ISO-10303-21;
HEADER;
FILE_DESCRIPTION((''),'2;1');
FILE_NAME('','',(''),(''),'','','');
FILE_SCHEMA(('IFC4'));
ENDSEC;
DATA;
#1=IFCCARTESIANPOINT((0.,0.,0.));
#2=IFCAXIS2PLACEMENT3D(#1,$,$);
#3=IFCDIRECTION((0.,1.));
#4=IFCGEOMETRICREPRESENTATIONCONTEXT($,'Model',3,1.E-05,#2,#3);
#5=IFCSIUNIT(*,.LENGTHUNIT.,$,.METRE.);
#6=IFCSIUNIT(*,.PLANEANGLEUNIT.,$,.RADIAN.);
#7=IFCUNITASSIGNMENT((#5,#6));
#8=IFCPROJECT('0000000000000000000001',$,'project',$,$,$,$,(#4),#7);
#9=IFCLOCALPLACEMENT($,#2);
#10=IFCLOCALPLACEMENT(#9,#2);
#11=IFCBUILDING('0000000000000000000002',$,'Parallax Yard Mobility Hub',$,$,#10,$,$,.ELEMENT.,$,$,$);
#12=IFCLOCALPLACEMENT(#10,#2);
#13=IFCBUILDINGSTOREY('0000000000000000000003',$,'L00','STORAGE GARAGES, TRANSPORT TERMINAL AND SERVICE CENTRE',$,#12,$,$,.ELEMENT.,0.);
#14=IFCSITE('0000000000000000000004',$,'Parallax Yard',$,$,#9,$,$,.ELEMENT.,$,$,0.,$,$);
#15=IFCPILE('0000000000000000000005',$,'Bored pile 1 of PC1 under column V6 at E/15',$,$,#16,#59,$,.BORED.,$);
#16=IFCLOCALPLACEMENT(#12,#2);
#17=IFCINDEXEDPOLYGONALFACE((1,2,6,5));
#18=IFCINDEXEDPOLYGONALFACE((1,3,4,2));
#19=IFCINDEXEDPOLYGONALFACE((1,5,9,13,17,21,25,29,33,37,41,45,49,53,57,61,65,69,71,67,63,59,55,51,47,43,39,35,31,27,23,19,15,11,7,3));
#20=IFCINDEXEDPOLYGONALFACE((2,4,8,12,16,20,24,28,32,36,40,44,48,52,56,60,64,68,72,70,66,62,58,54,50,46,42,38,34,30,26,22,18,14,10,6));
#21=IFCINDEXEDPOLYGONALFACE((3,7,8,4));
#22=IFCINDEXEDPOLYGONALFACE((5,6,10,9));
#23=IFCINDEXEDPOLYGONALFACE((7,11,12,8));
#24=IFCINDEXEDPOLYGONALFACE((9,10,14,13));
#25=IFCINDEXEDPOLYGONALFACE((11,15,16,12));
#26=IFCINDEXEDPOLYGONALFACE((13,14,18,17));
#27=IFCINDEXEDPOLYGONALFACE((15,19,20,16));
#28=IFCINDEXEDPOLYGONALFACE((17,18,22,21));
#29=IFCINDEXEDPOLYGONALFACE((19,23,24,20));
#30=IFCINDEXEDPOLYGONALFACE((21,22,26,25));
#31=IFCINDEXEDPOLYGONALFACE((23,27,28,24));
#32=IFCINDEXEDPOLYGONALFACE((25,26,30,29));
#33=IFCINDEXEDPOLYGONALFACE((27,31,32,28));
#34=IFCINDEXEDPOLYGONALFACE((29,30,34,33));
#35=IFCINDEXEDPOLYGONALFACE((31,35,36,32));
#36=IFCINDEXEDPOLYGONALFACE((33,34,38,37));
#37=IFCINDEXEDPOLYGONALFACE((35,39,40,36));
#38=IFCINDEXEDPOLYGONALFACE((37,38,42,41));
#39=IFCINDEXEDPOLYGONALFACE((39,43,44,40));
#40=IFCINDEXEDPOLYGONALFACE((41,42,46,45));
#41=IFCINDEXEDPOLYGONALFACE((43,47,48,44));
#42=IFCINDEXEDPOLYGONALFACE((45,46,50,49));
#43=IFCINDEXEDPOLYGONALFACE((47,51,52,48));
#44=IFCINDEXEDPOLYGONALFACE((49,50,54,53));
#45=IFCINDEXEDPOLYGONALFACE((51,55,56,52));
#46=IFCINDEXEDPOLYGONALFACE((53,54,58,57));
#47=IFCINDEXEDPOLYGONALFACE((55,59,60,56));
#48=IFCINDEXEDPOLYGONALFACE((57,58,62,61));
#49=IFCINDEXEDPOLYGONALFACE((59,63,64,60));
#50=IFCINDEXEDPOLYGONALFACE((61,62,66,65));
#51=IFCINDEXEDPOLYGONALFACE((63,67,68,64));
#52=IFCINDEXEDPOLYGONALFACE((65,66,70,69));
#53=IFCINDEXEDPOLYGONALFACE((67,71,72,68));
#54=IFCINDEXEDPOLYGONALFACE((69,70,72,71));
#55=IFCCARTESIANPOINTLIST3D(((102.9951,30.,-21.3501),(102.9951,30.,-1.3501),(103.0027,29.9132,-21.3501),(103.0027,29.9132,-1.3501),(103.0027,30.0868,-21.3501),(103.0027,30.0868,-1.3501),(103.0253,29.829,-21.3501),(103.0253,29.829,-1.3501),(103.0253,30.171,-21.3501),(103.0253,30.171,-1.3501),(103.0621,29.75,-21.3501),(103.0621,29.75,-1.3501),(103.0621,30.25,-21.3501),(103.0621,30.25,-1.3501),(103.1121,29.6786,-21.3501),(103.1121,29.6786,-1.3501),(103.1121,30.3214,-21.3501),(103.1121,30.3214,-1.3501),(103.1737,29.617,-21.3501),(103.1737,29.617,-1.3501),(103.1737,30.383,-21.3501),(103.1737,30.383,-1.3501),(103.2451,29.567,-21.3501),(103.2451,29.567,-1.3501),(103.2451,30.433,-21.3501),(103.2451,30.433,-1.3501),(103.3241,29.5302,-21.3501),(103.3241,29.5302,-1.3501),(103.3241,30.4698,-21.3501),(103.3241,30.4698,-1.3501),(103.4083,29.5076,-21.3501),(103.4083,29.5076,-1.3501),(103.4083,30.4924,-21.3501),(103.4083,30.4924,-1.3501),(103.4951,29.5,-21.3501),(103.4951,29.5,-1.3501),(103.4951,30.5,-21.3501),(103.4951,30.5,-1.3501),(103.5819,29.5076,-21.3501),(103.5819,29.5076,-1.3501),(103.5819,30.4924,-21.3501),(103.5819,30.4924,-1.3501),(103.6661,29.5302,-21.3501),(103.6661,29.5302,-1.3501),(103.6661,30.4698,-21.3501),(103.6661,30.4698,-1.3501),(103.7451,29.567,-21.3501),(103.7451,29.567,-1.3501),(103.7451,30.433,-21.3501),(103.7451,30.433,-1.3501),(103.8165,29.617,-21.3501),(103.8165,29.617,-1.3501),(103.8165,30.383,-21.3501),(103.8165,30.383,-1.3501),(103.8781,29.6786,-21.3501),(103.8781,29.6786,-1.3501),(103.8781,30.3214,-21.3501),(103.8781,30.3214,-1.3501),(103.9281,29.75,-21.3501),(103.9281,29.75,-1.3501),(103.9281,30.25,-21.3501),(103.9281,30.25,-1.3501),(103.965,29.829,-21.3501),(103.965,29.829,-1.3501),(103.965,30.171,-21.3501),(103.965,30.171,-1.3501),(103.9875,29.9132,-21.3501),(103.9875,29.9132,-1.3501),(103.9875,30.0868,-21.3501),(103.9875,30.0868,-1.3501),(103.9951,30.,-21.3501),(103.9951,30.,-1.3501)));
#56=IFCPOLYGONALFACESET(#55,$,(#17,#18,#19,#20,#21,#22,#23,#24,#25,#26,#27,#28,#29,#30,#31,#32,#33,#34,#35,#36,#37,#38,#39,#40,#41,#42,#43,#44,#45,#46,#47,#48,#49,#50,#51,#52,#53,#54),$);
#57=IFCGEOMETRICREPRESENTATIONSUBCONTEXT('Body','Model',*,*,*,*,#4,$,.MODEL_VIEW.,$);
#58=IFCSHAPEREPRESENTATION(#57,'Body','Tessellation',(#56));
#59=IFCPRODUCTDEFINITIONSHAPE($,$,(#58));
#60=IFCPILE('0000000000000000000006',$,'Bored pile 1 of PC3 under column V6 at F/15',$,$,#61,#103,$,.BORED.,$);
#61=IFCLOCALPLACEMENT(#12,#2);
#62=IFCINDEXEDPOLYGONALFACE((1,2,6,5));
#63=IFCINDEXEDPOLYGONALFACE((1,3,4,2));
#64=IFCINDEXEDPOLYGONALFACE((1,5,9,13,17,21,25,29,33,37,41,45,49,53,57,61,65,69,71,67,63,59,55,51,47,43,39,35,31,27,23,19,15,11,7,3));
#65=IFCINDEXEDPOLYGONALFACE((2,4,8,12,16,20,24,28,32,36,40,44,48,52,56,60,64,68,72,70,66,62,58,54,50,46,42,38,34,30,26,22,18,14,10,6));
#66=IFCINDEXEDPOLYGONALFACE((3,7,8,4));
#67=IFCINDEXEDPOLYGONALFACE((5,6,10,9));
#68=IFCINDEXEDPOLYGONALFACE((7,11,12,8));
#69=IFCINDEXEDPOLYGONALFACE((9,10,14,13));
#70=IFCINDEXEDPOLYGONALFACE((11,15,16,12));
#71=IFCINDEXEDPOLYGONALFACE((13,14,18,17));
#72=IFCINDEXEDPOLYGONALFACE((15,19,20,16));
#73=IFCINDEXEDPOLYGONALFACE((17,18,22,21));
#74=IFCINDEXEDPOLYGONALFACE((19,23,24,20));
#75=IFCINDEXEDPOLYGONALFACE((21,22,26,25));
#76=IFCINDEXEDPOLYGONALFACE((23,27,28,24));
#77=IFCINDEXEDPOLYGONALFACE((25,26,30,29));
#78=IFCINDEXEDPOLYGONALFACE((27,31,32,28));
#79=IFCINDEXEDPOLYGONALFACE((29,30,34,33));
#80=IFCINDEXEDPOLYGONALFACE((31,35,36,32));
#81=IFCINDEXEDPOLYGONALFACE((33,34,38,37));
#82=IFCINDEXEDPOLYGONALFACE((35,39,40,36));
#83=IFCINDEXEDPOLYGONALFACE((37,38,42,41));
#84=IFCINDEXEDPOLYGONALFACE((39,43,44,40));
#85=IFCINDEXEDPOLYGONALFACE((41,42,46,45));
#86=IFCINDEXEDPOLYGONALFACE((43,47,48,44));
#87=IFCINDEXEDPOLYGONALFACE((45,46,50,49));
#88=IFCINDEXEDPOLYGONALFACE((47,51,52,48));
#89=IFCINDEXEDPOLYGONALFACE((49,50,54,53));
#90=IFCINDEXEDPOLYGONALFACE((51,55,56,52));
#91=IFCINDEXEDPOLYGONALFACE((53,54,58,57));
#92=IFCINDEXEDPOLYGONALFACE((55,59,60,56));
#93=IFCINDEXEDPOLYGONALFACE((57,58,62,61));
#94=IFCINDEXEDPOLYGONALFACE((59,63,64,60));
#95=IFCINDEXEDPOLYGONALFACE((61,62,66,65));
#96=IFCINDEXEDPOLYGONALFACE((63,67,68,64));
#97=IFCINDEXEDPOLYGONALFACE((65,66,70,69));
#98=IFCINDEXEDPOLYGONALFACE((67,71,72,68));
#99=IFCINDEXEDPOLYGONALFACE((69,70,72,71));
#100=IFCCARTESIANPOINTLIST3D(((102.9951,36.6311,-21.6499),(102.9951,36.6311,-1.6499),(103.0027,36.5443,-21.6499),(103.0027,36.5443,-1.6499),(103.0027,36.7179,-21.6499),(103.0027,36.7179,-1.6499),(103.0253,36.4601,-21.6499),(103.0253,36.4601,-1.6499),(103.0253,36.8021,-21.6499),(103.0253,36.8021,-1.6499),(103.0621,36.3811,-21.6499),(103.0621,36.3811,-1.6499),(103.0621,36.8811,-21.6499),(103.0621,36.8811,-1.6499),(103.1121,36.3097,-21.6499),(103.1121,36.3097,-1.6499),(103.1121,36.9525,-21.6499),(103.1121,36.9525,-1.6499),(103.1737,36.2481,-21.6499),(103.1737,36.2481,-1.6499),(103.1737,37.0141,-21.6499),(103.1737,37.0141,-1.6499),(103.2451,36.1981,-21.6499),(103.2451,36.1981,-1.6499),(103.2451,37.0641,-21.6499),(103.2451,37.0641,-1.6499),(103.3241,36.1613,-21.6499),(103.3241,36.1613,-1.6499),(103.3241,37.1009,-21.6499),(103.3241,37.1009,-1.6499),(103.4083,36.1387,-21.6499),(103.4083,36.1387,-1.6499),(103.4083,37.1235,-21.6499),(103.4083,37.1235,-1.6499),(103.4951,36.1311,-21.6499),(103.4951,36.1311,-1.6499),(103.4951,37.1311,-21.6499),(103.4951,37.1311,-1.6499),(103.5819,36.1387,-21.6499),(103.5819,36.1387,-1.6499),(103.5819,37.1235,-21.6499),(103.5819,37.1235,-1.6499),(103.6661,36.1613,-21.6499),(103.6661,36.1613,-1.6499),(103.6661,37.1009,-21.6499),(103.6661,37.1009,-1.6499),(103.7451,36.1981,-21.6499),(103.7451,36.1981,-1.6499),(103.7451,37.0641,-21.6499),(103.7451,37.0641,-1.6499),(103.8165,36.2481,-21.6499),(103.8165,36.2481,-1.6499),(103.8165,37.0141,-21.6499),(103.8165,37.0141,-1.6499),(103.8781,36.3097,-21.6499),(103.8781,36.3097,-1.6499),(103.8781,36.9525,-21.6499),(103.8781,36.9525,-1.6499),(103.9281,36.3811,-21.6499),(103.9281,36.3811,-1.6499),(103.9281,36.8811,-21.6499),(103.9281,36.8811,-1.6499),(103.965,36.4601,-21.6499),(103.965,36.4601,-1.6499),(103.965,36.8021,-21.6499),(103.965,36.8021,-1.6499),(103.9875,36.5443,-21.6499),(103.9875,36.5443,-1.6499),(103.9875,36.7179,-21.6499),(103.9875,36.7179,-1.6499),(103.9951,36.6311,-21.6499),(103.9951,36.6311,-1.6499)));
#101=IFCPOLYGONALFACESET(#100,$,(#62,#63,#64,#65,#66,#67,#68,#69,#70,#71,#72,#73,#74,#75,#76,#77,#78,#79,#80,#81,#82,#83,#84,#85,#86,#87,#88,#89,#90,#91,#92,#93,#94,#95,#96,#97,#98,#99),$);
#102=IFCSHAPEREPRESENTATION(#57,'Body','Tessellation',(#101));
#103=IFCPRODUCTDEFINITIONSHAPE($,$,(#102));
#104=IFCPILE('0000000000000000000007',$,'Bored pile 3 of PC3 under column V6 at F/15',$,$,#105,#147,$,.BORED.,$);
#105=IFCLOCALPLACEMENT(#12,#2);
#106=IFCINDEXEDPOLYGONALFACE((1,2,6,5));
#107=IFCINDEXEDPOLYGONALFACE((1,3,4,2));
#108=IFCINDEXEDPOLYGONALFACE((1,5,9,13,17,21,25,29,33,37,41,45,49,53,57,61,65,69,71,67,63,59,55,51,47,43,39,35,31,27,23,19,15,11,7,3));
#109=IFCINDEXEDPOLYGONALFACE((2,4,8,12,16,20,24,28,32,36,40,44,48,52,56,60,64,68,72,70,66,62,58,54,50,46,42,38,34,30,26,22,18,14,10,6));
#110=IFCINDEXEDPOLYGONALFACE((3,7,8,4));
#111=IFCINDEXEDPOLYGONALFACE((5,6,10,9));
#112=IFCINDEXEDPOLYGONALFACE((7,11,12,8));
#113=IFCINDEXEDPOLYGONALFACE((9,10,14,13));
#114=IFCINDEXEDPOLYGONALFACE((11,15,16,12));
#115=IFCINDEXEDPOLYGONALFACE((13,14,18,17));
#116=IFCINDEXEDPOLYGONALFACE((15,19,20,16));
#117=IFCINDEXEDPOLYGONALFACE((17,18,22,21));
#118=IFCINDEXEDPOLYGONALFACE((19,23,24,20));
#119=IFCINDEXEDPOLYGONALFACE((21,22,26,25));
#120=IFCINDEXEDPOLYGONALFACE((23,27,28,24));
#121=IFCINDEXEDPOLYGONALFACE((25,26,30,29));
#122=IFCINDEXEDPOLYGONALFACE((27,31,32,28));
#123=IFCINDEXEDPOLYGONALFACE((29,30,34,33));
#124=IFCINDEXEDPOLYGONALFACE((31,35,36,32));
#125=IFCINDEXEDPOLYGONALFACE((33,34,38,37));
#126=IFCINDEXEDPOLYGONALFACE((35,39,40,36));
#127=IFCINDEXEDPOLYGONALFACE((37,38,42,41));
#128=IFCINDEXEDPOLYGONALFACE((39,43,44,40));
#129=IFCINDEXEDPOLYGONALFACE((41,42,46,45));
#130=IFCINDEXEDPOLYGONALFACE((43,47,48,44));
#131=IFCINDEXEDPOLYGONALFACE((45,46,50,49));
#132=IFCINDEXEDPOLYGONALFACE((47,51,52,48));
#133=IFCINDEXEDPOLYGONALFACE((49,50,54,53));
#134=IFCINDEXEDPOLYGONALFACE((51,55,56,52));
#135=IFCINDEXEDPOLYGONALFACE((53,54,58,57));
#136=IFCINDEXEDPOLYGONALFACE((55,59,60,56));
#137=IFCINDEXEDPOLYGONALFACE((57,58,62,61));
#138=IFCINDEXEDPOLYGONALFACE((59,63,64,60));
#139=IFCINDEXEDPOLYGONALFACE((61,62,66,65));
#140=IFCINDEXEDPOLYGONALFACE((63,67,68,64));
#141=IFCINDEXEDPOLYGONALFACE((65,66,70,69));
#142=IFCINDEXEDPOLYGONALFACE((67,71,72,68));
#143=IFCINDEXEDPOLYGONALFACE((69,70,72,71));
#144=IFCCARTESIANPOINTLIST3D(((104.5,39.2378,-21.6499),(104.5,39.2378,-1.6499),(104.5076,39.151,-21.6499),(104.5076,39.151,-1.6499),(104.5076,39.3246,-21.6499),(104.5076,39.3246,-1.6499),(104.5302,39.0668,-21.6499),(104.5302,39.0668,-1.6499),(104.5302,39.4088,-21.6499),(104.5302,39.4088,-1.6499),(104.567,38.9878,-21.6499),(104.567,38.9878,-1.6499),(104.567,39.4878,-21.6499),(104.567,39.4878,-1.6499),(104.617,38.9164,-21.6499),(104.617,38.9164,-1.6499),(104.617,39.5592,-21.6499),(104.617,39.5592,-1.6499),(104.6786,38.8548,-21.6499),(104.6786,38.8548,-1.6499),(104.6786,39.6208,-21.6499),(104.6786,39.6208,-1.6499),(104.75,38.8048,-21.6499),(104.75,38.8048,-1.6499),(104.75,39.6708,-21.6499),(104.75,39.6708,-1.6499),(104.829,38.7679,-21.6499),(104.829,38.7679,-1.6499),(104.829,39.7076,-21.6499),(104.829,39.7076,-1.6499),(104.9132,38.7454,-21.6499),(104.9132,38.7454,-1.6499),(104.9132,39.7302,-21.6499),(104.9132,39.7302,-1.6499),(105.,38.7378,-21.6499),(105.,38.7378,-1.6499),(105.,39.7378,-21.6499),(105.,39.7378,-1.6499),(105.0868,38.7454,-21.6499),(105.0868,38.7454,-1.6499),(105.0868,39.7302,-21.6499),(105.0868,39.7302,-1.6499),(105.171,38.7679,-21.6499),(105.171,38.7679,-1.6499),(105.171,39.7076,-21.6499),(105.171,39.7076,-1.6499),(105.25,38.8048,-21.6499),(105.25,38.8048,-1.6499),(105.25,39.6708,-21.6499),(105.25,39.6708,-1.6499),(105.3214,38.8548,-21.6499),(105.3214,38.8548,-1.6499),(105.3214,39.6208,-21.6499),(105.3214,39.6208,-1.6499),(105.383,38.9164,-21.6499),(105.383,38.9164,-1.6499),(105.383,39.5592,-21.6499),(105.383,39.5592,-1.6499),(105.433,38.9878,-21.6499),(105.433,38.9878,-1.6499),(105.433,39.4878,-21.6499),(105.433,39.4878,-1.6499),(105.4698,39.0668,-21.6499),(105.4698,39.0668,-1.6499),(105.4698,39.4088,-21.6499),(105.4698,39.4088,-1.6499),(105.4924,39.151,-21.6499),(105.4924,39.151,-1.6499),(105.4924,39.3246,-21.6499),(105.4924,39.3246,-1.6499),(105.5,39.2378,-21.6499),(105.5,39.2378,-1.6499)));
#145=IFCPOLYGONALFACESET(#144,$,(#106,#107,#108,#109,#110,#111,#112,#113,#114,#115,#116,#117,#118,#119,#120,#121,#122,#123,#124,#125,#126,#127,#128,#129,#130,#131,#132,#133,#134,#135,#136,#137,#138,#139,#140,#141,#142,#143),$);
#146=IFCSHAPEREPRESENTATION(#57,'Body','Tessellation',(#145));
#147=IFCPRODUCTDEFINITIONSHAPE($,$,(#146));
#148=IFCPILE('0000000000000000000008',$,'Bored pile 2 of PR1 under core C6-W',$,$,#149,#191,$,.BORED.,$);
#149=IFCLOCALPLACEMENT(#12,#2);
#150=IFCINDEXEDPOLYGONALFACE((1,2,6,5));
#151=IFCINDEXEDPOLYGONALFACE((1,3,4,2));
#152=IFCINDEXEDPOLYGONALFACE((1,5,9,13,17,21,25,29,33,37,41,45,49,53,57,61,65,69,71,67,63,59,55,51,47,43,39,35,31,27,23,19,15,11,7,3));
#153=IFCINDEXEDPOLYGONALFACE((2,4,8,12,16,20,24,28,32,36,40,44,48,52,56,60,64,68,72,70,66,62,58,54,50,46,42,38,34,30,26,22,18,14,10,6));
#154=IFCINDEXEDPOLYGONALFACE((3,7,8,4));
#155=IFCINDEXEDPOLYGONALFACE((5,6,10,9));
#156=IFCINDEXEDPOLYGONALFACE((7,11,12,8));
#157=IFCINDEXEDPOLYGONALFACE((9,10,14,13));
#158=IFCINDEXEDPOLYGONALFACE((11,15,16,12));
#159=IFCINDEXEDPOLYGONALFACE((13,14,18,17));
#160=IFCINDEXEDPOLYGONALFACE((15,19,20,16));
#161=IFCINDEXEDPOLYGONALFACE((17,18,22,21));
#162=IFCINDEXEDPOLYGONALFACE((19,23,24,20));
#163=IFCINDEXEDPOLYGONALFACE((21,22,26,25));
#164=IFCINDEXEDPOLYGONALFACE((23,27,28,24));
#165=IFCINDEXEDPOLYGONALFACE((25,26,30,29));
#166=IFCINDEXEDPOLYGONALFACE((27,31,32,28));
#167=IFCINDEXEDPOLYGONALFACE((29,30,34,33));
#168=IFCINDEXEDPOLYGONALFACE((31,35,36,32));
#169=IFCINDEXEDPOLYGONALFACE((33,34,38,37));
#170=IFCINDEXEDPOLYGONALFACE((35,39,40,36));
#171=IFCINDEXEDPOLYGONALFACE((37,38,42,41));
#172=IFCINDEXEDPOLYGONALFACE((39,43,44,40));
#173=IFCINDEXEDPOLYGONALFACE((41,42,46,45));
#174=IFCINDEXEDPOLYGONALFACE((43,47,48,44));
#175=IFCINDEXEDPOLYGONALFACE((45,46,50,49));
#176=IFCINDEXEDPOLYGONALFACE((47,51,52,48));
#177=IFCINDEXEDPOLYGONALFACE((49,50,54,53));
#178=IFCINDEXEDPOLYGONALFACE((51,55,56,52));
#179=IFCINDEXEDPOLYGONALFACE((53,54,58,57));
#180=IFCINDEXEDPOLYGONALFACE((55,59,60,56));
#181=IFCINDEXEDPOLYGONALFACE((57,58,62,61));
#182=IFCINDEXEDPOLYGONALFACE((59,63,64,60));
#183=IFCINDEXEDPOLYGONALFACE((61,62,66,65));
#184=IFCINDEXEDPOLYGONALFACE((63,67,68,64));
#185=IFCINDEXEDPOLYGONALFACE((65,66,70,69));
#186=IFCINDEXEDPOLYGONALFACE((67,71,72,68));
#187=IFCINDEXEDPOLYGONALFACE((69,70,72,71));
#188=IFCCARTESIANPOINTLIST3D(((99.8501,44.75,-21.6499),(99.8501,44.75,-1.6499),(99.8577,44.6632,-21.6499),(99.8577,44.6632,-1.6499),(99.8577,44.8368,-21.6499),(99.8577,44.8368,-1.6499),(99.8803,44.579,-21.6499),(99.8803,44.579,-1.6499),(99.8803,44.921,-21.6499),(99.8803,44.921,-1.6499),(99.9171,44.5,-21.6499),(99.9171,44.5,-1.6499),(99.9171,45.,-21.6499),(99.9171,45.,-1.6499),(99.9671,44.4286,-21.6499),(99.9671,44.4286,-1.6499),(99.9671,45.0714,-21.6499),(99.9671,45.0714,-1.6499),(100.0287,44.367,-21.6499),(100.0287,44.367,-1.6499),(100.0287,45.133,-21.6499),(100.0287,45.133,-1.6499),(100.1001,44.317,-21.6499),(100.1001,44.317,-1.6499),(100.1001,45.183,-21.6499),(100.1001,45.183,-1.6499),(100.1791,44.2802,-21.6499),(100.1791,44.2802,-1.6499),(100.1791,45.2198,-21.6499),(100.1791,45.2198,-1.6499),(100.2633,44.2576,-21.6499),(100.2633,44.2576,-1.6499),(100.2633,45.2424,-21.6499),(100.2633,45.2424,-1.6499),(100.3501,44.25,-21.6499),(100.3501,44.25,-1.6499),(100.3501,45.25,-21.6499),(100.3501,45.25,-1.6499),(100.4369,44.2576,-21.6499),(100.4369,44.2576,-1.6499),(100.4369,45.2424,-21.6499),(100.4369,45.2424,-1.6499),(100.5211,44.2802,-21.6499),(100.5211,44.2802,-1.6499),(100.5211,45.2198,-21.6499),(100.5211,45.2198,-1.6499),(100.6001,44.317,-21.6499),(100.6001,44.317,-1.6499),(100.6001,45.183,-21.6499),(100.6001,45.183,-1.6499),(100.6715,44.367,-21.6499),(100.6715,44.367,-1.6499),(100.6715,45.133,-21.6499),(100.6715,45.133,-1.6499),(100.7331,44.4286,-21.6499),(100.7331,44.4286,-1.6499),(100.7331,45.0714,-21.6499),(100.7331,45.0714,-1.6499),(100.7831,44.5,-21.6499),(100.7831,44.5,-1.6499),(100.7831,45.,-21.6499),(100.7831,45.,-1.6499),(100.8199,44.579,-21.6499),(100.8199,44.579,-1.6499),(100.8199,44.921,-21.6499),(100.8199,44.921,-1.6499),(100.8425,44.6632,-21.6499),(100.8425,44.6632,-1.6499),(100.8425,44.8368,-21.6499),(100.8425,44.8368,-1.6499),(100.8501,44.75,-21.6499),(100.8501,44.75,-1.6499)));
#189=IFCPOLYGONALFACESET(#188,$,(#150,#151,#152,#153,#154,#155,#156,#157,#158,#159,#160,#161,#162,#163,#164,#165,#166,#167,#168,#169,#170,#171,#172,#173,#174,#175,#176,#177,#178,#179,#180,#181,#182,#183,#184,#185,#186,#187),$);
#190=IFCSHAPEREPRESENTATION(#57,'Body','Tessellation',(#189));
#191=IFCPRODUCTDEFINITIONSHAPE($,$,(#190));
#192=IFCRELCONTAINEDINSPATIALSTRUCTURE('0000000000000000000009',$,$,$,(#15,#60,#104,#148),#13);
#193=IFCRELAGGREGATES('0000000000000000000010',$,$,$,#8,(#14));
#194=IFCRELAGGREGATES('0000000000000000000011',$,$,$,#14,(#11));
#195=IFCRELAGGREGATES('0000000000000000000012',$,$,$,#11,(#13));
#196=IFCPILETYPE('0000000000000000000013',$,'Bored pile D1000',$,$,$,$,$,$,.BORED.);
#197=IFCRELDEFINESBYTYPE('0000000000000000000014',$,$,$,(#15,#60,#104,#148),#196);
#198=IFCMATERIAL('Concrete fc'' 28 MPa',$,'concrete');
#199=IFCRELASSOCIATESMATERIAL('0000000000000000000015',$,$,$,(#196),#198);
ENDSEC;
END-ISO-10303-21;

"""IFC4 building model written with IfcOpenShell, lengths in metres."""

from ifc_helpers import new_model, si_unit, direction, frame, origin, origin_2d, place, context, subcontext, project, spatial, circle, extrude, material, material_profile, profile_set, type_object, element, save


model = new_model("IFC4")

# Units and contexts
model_context = context("Model", 3, precision=1e-05, world=origin(), true_north=direction((0.0, 1.0)))
body_context = subcontext(model_context, "Body", "Model", "MODEL_VIEW")
ifc_project = project(units=[si_unit("LENGTHUNIT", "METRE"), si_unit("PLANEANGLEUNIT", "RADIAN")], contexts=[model_context])

# Site, building, storey
site_placement = place(None, origin())
site = spatial("IfcSite", under=ifc_project, at=site_placement, Name="Parallax Yard", CompositionType="ELEMENT", RefElevation=0.0)
building_placement = place(site_placement, origin())
building = spatial("IfcBuilding", under=site, at=building_placement, Name="Parallax Yard Mobility Hub", CompositionType="ELEMENT")
storey_placement = place(building_placement, origin())
storey = spatial("IfcBuildingStorey", under=building, at=storey_placement, Name="L00", Description="STORAGE GARAGES, TRANSPORT TERMINAL AND SERVICE CENTRE", CompositionType="ELEMENT", Elevation=0.0)

# Piles
ifc_material_1 = material(Name="Concrete fc' 28 MPa", Category="concrete")
ifc_material_profile_1 = material_profile(ifc_material_1, circle(Radius=0.5, at=origin_2d()), Name="Bored pile D1000")
ifc_profile_set_1 = profile_set([ifc_material_profile_1], Name="Concrete fc' 28 MPa")
pile_type = type_object("IfcPileType", Name="Bored pile D1000", PredefinedType="BORED", material=ifc_profile_set_1)
for number, where, z_axis, x_axis, name in (
    (1, (103.4951, 30.0, -1.3501), (0.0, 0.0, -1.0), (1.0, 0.0, 0.0), "Bored pile 1 of PC1 under column V6 at E/15"),
    (2, (103.4951, 36.6311, -1.6499), (0.0, 0.0, -1.0), (1.0, 0.0, 0.0), "Bored pile 1 of PC3 under column V6 at F/15"),
    (3, (105.0, 39.2378, -1.6499), (0.0, 0.0, -1.0), (1.0, 0.0, 0.0), "Bored pile 3 of PC3 under column V6 at F/15"),
    (4, (100.3501, 44.75, -1.6499), (0.0, 0.0, -1.0), (1.0, 0.0, 0.0), "Bored pile 2 of PR1 under core C6-W"),
):
    element("IfcPile", number, at=place(storey_placement, frame(where, z_axis=z_axis, x_axis=x_axis)), inside=storey, type_object=pile_type, Name=name, PredefinedType="BORED", context=body_context, shape_type="SweptSolid", body=[
        extrude(circle(Radius=0.5, at=origin_2d()), origin(), (0.0, 0.0, 1.0), 20.0),
    ])

save(model, "model.ifc")
